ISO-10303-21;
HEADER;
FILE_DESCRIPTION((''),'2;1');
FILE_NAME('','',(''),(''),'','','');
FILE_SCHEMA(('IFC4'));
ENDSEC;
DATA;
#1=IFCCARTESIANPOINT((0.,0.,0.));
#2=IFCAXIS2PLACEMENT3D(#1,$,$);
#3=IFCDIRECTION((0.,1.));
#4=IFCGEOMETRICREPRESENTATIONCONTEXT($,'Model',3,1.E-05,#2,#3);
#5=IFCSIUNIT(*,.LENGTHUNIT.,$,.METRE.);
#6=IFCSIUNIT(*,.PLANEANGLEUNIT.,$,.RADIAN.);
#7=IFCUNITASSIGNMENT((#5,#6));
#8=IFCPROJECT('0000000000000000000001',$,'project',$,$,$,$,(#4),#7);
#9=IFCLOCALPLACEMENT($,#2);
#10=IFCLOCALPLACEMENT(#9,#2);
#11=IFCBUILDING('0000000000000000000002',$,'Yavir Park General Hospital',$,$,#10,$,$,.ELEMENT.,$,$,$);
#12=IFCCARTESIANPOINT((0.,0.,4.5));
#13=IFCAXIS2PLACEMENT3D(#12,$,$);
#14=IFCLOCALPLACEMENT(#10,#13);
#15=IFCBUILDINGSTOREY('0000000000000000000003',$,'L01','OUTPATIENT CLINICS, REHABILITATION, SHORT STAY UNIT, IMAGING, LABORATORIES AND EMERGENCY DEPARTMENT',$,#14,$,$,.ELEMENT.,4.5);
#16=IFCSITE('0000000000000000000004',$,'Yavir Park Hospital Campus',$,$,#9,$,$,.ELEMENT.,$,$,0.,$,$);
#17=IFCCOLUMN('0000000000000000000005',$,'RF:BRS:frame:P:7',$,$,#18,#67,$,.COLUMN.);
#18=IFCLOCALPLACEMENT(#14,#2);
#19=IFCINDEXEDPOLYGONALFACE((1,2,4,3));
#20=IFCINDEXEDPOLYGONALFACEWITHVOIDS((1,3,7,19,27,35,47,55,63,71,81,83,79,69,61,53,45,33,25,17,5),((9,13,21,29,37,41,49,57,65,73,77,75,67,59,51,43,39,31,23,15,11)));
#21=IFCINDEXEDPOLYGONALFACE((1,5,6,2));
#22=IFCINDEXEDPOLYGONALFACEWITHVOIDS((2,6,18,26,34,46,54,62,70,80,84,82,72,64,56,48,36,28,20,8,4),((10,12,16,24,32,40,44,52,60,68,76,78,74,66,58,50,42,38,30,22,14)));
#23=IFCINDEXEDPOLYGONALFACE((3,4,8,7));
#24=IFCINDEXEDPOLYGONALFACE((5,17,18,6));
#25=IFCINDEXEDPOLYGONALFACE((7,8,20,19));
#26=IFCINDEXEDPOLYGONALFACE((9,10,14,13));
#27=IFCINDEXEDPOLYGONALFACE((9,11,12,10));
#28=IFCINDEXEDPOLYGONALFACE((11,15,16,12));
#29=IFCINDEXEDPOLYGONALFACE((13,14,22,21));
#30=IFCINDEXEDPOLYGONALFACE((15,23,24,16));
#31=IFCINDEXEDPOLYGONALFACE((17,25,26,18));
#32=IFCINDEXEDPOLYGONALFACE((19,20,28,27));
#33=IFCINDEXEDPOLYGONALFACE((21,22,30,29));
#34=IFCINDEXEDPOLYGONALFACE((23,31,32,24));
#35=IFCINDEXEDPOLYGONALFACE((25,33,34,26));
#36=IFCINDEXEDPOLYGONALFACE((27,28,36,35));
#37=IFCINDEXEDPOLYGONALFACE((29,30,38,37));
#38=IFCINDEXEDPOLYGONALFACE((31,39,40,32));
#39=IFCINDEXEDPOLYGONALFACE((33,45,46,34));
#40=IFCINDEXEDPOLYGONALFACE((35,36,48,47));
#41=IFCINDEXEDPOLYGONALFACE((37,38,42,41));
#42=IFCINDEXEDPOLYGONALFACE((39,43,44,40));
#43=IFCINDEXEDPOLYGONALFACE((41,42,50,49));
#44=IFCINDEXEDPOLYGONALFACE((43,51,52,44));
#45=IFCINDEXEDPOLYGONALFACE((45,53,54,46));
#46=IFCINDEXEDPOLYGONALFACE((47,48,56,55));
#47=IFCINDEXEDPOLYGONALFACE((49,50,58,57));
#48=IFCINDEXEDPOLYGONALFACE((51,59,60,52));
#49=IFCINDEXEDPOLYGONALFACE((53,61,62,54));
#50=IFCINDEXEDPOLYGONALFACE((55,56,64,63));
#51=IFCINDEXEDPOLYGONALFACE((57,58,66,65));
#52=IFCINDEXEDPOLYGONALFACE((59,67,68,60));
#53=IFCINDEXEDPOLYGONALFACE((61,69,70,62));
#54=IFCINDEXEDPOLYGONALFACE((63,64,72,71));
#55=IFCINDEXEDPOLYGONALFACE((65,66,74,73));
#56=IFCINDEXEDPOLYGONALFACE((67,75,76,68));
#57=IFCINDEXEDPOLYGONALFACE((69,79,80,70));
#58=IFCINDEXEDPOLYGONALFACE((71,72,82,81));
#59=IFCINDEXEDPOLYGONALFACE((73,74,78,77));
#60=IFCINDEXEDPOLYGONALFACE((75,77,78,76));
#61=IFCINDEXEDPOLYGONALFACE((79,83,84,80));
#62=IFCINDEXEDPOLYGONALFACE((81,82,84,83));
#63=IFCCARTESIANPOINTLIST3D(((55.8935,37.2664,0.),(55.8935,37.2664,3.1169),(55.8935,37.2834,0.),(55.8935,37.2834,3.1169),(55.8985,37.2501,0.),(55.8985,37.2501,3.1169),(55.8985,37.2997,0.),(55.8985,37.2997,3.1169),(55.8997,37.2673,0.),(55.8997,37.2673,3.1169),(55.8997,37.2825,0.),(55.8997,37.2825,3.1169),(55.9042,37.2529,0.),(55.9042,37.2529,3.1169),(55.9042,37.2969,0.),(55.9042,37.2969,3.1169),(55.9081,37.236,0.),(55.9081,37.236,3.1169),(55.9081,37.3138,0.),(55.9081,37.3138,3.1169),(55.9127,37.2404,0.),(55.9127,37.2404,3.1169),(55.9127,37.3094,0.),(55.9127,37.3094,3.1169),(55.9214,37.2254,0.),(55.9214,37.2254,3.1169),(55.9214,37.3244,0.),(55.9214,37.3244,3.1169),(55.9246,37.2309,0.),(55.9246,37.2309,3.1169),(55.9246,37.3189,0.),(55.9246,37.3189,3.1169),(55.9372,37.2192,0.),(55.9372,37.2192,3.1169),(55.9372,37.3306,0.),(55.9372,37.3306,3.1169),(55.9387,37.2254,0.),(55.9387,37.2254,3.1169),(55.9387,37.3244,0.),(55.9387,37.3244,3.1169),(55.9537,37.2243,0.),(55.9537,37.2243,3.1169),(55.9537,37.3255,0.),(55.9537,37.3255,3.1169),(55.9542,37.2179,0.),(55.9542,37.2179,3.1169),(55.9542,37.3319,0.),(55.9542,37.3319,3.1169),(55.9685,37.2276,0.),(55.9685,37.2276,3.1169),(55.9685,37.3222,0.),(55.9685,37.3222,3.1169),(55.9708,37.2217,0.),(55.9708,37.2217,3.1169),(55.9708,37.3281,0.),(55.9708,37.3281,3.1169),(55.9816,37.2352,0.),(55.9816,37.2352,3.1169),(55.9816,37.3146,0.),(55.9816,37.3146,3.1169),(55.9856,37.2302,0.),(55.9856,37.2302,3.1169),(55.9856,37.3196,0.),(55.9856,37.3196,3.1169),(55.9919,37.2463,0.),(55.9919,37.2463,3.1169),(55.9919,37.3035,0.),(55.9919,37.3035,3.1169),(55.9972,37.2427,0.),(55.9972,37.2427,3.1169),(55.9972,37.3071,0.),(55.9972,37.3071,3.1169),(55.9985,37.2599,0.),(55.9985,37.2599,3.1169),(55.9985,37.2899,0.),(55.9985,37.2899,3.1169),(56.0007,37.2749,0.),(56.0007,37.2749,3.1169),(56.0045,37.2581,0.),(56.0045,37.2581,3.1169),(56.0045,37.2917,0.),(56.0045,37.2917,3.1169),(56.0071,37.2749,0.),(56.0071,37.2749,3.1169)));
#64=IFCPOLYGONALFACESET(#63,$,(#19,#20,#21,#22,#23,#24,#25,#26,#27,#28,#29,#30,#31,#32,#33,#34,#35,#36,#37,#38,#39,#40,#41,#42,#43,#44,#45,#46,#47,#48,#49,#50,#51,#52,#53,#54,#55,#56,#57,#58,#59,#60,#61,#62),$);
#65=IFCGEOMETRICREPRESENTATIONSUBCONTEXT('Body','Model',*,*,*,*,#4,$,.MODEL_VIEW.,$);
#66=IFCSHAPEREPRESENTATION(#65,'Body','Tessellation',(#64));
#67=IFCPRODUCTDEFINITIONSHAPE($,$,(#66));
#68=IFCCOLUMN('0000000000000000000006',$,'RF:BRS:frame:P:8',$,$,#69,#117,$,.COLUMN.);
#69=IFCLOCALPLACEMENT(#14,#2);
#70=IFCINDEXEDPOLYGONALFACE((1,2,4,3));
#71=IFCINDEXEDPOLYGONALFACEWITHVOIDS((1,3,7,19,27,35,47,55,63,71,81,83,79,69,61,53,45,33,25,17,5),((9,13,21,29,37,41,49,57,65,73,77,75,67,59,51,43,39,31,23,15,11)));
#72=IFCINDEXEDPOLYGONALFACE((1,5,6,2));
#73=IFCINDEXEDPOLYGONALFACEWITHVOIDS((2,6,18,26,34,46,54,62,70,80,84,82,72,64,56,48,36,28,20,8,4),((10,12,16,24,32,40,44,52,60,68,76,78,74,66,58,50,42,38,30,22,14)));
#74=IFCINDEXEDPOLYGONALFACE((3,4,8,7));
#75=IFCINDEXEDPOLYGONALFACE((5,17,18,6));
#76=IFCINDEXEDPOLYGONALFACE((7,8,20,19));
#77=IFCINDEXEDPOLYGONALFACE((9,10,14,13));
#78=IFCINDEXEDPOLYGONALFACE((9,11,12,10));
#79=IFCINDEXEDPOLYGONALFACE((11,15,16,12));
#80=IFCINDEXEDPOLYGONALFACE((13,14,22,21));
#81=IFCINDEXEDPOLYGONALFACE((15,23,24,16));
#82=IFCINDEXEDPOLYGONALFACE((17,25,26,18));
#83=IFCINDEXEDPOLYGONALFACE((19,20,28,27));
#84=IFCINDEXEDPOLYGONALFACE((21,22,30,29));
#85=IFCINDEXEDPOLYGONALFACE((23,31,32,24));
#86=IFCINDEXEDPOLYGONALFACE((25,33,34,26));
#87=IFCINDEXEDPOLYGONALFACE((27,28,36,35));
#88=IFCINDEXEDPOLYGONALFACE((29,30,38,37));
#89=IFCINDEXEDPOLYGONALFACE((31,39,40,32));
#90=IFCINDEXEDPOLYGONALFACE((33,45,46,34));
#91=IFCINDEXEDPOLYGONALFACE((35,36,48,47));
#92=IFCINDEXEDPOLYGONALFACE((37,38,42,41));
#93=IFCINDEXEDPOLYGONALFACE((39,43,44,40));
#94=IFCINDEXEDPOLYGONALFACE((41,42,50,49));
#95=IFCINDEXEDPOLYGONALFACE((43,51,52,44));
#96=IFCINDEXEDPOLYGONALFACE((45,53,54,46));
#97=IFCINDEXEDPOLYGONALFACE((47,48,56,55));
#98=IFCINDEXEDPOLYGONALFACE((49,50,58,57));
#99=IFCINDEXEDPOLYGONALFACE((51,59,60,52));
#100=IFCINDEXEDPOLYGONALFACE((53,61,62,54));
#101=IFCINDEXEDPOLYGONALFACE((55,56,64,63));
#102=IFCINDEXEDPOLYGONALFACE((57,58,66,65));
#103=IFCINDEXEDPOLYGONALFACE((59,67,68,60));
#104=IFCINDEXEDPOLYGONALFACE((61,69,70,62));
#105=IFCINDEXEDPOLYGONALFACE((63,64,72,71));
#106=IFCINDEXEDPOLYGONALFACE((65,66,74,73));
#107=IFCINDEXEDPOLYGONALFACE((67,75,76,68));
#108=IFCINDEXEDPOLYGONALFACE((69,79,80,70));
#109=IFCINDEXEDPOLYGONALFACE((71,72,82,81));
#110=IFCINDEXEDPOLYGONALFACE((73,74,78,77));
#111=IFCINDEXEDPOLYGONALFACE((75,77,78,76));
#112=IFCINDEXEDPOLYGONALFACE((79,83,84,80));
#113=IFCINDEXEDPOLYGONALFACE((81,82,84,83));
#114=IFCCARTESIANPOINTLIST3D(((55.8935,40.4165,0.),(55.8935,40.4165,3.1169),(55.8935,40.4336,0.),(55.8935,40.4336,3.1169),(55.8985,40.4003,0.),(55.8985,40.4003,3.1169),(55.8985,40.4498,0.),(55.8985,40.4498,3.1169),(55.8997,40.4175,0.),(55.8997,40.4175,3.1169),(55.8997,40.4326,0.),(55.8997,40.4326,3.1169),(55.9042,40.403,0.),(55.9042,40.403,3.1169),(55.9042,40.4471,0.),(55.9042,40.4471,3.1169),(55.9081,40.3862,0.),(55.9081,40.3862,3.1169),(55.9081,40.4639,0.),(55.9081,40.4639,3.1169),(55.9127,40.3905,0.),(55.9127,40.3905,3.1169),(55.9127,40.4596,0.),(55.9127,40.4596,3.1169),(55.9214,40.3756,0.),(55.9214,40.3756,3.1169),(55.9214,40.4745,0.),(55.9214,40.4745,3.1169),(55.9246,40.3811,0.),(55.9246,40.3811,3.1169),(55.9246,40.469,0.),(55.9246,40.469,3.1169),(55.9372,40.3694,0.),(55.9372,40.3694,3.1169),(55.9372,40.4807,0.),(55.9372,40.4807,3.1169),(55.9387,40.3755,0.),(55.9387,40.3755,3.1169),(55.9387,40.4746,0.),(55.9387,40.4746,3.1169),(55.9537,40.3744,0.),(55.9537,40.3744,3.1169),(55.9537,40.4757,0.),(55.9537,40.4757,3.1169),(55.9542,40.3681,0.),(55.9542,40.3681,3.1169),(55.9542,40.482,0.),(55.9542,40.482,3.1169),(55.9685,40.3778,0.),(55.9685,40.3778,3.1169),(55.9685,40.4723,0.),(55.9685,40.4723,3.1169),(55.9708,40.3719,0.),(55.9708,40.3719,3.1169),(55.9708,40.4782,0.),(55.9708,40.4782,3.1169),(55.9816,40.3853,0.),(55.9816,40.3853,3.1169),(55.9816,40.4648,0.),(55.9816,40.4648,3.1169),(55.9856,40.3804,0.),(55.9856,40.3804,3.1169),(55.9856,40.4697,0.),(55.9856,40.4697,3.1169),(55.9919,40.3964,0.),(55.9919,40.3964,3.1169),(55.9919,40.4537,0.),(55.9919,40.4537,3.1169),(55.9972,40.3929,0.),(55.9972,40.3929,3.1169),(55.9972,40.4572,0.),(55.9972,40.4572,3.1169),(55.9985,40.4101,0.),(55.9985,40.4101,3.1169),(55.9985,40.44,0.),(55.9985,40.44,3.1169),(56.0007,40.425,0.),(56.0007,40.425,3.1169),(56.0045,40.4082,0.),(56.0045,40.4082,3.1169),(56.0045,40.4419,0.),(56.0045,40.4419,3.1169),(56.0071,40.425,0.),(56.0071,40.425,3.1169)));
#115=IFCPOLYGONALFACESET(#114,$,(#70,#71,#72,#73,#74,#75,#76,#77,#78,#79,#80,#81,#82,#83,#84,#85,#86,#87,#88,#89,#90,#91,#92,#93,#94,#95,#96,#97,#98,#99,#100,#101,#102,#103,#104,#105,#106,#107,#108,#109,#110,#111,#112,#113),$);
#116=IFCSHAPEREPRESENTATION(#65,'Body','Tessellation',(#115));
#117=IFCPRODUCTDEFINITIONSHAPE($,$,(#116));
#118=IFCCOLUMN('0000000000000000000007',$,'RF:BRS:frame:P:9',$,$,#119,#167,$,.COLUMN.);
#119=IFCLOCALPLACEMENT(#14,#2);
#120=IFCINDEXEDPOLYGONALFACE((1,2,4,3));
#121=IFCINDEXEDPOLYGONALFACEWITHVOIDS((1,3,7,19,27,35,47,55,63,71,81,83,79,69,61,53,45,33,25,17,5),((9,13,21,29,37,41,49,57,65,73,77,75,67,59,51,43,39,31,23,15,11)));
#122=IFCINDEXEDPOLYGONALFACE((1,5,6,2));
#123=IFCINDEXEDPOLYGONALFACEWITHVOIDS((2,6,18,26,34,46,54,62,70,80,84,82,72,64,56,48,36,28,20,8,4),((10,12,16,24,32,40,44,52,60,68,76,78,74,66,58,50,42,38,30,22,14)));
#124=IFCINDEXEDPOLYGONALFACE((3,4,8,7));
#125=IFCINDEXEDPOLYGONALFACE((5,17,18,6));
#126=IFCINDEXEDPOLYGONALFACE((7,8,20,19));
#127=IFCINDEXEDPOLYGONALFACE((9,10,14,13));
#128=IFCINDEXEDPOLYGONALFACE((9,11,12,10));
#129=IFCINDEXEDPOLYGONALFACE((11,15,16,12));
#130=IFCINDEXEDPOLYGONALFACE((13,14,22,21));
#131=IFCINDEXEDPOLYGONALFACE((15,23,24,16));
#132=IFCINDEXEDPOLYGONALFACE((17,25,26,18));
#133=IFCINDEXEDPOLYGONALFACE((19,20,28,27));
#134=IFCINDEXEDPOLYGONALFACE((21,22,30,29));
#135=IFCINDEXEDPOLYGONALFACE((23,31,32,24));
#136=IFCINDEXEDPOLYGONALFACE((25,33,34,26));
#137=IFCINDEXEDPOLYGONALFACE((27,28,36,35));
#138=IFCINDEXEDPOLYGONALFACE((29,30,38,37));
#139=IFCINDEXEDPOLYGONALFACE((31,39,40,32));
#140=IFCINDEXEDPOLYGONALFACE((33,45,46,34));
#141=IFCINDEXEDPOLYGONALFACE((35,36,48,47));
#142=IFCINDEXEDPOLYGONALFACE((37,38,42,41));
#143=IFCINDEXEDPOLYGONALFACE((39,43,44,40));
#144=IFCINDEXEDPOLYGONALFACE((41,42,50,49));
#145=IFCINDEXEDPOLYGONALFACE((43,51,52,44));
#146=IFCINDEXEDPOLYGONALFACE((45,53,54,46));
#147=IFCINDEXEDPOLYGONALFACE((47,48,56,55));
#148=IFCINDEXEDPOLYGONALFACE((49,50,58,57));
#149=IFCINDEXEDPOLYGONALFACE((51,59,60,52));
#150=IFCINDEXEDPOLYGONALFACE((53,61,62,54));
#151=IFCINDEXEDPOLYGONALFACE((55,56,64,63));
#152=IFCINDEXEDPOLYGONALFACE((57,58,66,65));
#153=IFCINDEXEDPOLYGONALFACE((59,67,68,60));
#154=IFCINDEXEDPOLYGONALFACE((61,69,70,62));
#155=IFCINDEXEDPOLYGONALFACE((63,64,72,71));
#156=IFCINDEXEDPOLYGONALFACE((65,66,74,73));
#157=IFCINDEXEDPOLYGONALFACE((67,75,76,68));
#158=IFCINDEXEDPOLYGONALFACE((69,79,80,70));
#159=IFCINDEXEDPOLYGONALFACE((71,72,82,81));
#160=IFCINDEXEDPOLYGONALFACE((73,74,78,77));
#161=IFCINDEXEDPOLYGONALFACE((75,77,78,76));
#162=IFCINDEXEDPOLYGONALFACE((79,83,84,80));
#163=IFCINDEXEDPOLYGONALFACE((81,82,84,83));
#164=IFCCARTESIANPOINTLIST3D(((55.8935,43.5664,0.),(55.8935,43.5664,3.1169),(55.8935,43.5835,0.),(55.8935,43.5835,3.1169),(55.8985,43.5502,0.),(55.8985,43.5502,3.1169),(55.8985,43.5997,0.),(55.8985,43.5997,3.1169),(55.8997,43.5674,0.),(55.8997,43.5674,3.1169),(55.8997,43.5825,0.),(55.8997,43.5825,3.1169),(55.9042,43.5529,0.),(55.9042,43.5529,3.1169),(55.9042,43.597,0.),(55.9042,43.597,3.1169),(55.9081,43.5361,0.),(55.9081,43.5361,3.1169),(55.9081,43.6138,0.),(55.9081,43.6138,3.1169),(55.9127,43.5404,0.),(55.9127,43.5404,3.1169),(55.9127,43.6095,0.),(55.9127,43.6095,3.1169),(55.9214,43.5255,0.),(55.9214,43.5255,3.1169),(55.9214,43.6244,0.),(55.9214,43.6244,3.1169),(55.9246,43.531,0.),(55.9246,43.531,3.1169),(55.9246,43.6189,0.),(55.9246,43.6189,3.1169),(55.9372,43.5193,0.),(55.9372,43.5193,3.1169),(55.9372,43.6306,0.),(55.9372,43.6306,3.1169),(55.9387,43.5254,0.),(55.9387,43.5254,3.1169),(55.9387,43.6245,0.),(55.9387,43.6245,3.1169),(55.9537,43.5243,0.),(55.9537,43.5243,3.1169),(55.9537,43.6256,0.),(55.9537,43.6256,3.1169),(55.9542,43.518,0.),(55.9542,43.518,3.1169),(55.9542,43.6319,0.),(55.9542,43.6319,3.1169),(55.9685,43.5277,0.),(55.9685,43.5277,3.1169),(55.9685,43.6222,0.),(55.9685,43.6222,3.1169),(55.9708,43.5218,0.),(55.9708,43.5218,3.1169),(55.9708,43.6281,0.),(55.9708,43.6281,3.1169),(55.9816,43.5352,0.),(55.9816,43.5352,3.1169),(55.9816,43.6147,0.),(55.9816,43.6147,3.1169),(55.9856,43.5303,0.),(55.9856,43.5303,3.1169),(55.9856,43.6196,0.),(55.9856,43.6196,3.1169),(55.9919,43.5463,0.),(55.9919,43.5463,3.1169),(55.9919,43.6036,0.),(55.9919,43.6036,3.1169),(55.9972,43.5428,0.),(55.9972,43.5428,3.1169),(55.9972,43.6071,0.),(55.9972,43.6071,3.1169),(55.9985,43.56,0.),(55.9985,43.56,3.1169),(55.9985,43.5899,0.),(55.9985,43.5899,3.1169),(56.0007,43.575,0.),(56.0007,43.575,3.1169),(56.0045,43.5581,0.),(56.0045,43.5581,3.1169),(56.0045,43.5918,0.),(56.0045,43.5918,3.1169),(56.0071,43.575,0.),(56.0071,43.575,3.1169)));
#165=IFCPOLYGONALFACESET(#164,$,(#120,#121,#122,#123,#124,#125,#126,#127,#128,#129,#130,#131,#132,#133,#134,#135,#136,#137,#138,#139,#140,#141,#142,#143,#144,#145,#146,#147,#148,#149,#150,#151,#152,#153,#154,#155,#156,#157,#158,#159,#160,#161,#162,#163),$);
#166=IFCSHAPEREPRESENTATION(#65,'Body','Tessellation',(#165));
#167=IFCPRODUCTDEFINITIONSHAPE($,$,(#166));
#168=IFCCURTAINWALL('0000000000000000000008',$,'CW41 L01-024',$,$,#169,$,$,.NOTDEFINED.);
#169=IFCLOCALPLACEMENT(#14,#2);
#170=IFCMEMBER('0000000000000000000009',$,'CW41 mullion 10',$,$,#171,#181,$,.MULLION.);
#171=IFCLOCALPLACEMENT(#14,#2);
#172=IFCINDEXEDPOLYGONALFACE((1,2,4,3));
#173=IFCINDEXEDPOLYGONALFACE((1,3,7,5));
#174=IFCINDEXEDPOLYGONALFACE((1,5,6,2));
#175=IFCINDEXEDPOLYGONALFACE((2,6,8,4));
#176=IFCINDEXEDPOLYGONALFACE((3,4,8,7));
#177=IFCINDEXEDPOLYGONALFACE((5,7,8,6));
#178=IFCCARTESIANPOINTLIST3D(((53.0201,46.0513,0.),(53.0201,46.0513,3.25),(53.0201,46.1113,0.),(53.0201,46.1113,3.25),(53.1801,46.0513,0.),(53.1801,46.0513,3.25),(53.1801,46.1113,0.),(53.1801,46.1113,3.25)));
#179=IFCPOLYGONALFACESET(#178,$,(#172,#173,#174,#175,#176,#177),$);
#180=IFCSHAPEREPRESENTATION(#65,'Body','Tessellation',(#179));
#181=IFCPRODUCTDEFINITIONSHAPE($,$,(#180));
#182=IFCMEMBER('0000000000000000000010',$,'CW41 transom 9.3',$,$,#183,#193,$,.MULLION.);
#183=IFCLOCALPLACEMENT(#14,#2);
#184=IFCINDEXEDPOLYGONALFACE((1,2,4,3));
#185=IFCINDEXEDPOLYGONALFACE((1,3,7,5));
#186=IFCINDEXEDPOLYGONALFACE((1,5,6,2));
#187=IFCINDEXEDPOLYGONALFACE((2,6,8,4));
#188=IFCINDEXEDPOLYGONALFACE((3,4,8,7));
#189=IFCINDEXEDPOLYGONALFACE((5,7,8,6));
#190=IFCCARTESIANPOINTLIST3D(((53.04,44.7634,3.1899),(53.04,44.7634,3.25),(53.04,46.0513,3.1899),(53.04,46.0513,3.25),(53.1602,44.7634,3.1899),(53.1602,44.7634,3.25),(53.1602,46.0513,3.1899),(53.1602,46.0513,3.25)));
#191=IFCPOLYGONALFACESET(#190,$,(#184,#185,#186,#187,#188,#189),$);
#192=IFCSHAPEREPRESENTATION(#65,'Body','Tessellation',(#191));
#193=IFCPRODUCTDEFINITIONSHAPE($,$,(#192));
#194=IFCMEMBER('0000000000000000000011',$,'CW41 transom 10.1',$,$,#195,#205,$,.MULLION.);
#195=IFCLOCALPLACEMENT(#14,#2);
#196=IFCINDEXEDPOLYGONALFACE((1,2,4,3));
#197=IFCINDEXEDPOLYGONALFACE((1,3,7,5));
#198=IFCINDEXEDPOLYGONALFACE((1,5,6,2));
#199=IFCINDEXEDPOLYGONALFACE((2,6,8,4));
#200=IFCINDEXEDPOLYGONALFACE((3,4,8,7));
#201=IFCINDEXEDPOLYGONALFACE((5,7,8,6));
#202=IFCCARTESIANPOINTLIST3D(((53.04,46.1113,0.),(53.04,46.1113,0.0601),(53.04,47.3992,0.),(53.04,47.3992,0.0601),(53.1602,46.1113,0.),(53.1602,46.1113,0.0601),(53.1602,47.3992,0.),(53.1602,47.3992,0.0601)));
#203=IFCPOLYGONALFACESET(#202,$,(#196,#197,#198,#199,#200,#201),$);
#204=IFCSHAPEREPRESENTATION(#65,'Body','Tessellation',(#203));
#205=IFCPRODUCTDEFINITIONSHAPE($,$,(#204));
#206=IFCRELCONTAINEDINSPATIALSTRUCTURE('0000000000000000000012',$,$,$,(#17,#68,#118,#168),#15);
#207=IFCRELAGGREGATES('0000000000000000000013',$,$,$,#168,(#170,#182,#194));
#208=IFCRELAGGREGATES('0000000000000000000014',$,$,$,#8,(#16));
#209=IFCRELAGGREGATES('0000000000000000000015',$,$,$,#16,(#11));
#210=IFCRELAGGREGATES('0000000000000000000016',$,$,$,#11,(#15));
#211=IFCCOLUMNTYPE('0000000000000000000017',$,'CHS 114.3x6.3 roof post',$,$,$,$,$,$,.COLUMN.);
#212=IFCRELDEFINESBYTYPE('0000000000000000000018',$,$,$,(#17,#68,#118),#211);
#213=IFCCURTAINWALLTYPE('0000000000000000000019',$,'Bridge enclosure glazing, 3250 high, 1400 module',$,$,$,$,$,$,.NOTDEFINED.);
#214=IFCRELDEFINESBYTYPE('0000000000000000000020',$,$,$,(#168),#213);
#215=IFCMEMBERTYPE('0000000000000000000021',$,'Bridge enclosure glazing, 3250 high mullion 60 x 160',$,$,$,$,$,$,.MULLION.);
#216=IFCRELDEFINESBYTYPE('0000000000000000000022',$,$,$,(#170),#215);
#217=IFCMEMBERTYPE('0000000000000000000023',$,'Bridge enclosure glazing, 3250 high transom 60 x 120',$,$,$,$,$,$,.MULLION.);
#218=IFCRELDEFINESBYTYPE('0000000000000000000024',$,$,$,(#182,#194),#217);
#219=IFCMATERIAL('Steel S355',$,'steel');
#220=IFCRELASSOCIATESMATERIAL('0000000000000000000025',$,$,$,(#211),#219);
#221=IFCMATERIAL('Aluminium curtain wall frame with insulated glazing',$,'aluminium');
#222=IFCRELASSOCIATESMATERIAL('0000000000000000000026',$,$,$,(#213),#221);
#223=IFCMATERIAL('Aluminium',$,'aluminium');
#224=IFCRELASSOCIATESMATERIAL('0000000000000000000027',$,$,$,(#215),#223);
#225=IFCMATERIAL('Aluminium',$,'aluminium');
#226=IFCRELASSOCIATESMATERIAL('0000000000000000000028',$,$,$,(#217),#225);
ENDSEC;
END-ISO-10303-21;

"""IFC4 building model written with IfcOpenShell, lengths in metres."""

from ifc_helpers import new_model, si_unit, direction, frame, origin, origin_2d, place, context, subcontext, project, spatial, rectangle, hollow_circle, extrude, material, material_profile, profile_set, type_object, element, aggregate, save


model = new_model("IFC4")

# Units and contexts
model_context = context("Model", 3, precision=1e-05, world=origin(), true_north=direction((0.0, 1.0)))
body_context = subcontext(model_context, "Body", "Model", "MODEL_VIEW")
ifc_project = project(units=[si_unit("LENGTHUNIT", "METRE"), si_unit("PLANEANGLEUNIT", "RADIAN")], contexts=[model_context])

# Site, building, storey
site_placement = place(None, origin())
site = spatial("IfcSite", under=ifc_project, at=site_placement, Name="Yavir Park Hospital Campus", CompositionType="ELEMENT", RefElevation=0.0)
building_placement = place(site_placement, origin())
building = spatial("IfcBuilding", under=site, at=building_placement, Name="Yavir Park General Hospital", CompositionType="ELEMENT")
storey_placement = place(building_placement, frame((0.0, 0.0, 4.5)))
storey = spatial("IfcBuildingStorey", under=building, at=storey_placement, Name="L01", Description="OUTPATIENT CLINICS, REHABILITATION, SHORT STAY UNIT, IMAGING, LABORATORIES AND EMERGENCY DEPARTMENT", CompositionType="ELEMENT", Elevation=4.5)

# Columns
ifc_material_1 = material(Name="Steel S355", Category="steel")
ifc_material_profile_1 = material_profile(ifc_material_1, hollow_circle(Radius=0.0571, WallThickness=0.0063, at=origin_2d()), Name="CHS114.3x6.3")
ifc_profile_set_1 = profile_set([ifc_material_profile_1], Name="Steel S355")
column_type = type_object("IfcColumnType", Name="CHS 114.3x6.3 roof post", PredefinedType="COLUMN", material=ifc_profile_set_1)
for number, where, z_axis, x_axis, name in (
    (1, (55.95, 37.2749, 0.0), (0.0, 0.0, 1.0), (1.0, 0.0, 0.0), "RF:BRS:frame:P:7"),
    (2, (55.95, 40.425, 0.0), (0.0, 0.0, 1.0), (1.0, 0.0, 0.0), "RF:BRS:frame:P:8"),
    (3, (55.95, 43.575, 0.0), (0.0, 0.0, 1.0), (1.0, 0.0, 0.0), "RF:BRS:frame:P:9"),
):
    element("IfcColumn", number, at=place(storey_placement, frame(where, z_axis=z_axis, x_axis=x_axis)), inside=storey, type_object=column_type, Name=name, PredefinedType="COLUMN", context=body_context, shape_type="SweptSolid", body=[
        extrude(hollow_circle(Radius=0.0571, WallThickness=0.0063, at=origin_2d()), origin(), (0.0, 0.0, 1.0), 3.1169),
    ])

# Curtain wall, members
ifc_material_2 = material(Name="Aluminium curtain wall frame with insulated glazing", Category="aluminium")
curtain_wall_type = type_object("IfcCurtainWallType", Name="Bridge enclosure glazing, 3250 high, 1400 module", PredefinedType="NOTDEFINED", material=ifc_material_2)
curtain_wall_placement = place(storey_placement, origin())
curtain_wall = element("IfcCurtainWall", 4, at=curtain_wall_placement, inside=storey, type_object=curtain_wall_type, Name="CW41 L01-024", PredefinedType="NOTDEFINED")
ifc_material_3 = material(Name="Aluminium", Category="aluminium")
ifc_material_profile_2 = material_profile(ifc_material_3, rectangle(XDim=0.1599, YDim=0.0601, at=origin_2d()), Name="AL 60x160")
ifc_profile_set_2 = profile_set([ifc_material_profile_2], Name="Aluminium")
member_type_1 = type_object("IfcMemberType", Name="Bridge enclosure glazing, 3250 high mullion 60 x 160", PredefinedType="MULLION", material=ifc_profile_set_2)
member_1_placement = place(storey_placement, frame((53.1001, 46.0813, 0.0), z_axis=(0.0, 0.0, 1.0), x_axis=(-1.0, 0.0, 0.0)))
member_1 = element("IfcMember", 5, at=member_1_placement, type_object=member_type_1, Name="CW41 mullion 10", PredefinedType="MULLION", context=body_context, shape_type="SweptSolid", body=[
    extrude(rectangle(XDim=0.1599, YDim=0.0601, at=origin_2d()), origin(), (0.0, 0.0, 1.0), 3.25),
])
ifc_material_4 = material(Name="Aluminium", Category="aluminium")
ifc_material_profile_3 = material_profile(ifc_material_4, rectangle(XDim=0.1201, YDim=0.0601, at=origin_2d()), Name="AL 120x60")
ifc_profile_set_3 = profile_set([ifc_material_profile_3], Name="Aluminium")
member_type_2 = type_object("IfcMemberType", Name="Bridge enclosure glazing, 3250 high transom 60 x 120", PredefinedType="MULLION", material=ifc_profile_set_3)
member_2_placement = place(storey_placement, frame((53.1001, 44.7634, 3.22), z_axis=(0.0, 1.0, 0.0), x_axis=(-1.0, 0.0, 0.0)))
member_2 = element("IfcMember", 6, at=member_2_placement, type_object=member_type_2, Name="CW41 transom 9.3", PredefinedType="MULLION", context=body_context, shape_type="SweptSolid", body=[
    extrude(rectangle(XDim=0.1201, YDim=0.0601, at=origin_2d()), origin(), (0.0, 0.0, 1.0), 1.2878),
])
member_3_placement = place(storey_placement, frame((53.1001, 46.1113, 0.03), z_axis=(0.0, 1.0, 0.0), x_axis=(-1.0, 0.0, 0.0)))
member_3 = element("IfcMember", 7, at=member_3_placement, type_object=member_type_2, Name="CW41 transom 10.1", PredefinedType="MULLION", context=body_context, shape_type="SweptSolid", body=[
    extrude(rectangle(XDim=0.1201, YDim=0.0601, at=origin_2d()), origin(), (0.0, 0.0, 1.0), 1.2878),
])

aggregate(curtain_wall, [member_1, member_2, member_3])

save(model, "model.ifc")
